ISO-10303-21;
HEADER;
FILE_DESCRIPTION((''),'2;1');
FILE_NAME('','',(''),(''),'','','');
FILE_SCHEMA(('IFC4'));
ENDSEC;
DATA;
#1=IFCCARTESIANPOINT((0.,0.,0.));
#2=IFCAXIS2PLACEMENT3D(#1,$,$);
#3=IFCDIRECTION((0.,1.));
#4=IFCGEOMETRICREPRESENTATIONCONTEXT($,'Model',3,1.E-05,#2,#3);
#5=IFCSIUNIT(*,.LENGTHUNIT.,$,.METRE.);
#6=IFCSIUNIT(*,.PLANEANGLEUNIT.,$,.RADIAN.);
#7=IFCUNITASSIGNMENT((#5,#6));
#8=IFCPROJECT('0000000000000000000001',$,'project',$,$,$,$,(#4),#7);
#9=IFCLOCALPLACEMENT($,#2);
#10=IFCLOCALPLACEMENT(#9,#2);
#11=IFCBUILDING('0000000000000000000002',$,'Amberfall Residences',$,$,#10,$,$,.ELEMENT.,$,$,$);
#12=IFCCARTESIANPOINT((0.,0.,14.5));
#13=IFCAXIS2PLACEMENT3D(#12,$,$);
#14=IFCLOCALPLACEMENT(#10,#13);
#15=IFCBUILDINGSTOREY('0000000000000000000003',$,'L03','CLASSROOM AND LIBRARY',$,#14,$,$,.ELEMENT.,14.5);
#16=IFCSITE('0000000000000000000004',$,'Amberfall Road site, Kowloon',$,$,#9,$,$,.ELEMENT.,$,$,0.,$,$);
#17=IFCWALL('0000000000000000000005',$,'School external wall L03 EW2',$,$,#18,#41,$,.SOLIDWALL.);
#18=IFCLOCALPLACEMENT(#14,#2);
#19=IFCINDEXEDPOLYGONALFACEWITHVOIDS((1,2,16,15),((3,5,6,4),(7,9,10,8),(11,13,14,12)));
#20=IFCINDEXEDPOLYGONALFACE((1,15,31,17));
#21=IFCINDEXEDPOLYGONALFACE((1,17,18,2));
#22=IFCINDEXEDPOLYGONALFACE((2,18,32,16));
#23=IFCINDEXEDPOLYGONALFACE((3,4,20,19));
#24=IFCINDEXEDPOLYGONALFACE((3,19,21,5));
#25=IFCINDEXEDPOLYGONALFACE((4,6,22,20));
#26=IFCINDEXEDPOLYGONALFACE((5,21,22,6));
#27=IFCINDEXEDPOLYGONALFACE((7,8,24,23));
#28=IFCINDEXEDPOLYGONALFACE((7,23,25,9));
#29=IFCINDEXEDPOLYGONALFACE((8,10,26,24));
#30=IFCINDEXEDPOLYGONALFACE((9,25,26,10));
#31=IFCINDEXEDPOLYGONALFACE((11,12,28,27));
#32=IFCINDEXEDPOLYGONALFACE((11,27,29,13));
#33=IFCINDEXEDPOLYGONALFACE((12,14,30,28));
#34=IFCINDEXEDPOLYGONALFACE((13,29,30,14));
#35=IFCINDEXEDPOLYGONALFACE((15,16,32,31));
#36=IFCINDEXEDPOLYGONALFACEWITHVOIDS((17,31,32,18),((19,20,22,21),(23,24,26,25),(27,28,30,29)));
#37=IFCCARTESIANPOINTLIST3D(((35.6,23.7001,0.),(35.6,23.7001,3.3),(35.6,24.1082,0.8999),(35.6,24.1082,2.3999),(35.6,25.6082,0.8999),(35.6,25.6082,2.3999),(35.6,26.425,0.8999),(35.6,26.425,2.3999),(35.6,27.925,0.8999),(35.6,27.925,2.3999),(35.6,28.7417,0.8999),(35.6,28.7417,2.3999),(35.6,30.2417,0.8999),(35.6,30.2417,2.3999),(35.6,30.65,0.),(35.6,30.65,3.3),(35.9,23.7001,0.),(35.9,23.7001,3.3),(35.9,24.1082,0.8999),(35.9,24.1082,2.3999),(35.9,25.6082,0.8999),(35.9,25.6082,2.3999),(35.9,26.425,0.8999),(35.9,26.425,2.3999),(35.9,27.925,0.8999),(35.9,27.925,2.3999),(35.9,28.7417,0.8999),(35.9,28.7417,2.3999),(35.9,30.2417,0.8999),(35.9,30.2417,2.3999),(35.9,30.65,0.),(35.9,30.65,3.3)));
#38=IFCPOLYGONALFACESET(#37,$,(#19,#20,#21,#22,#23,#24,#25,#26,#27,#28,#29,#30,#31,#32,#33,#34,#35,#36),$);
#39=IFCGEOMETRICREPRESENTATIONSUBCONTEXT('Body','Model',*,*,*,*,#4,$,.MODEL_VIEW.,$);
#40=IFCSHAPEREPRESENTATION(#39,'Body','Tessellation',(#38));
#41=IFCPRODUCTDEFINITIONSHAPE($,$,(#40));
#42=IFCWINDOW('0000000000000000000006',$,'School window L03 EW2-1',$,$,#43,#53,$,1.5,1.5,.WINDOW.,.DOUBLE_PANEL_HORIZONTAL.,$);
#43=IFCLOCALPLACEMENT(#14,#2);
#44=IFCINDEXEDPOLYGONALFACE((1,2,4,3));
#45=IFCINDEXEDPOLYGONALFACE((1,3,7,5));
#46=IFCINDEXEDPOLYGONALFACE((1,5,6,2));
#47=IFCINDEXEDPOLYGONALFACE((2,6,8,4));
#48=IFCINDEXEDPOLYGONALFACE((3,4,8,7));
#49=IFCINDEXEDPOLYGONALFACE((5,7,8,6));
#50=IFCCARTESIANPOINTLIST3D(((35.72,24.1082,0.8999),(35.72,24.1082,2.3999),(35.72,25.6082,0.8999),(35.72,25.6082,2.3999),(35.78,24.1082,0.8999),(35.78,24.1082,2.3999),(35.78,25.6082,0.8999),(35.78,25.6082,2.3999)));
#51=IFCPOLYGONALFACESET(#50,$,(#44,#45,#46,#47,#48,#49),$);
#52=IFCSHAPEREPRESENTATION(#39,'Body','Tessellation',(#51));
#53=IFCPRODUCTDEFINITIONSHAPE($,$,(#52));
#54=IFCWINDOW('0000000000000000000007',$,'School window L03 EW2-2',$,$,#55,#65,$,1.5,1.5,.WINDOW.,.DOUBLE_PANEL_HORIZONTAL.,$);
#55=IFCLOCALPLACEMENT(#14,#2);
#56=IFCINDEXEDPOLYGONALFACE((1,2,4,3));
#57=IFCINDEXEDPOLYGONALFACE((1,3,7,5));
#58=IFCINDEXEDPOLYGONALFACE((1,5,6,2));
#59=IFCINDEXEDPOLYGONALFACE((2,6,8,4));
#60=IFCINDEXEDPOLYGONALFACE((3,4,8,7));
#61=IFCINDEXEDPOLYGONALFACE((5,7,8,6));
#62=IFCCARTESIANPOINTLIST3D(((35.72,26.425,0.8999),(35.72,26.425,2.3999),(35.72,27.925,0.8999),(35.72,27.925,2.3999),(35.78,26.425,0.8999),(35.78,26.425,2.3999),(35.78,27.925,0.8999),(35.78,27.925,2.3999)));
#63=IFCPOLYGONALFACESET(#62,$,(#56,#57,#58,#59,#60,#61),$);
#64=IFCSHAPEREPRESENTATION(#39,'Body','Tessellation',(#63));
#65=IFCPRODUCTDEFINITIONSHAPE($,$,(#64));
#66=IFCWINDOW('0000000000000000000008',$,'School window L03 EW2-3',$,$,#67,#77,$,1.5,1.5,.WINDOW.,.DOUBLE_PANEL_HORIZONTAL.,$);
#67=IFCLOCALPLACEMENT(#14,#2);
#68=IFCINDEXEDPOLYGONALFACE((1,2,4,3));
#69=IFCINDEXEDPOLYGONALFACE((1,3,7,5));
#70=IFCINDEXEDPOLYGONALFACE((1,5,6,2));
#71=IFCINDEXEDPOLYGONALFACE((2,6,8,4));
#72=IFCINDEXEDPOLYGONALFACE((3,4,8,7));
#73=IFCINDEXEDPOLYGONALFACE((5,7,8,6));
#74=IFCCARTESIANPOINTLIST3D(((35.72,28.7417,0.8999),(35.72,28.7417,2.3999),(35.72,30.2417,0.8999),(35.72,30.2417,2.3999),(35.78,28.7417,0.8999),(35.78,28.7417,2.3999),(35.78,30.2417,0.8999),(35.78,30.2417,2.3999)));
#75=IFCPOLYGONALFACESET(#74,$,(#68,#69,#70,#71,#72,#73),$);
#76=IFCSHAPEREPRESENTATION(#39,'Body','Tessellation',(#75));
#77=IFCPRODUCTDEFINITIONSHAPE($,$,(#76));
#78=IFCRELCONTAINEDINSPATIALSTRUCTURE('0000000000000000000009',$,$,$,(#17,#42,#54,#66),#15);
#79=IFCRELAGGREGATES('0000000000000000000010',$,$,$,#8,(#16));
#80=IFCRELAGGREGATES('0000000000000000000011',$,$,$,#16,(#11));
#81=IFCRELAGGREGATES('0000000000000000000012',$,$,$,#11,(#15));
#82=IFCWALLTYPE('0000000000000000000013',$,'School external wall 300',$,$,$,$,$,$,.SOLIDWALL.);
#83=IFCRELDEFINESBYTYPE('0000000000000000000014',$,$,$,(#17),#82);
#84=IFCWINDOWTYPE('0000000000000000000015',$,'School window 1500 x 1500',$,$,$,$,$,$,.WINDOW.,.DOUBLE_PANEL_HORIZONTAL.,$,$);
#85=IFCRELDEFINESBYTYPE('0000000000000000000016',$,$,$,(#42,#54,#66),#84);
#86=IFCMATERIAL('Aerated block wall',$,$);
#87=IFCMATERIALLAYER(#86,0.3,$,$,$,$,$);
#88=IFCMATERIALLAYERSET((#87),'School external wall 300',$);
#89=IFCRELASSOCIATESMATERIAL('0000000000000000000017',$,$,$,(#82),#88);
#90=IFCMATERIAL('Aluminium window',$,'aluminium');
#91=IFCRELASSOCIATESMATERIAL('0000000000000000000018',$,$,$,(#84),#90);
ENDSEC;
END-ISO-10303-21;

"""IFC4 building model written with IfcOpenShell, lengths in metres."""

from ifc_helpers import new_model, si_unit, direction, frame, frame_2d, origin, place, context, subcontext, project, spatial, rectangle, extrude, material, layer, layer_set, type_object, element, fill, save


model = new_model("IFC4")

# Units and contexts
model_context = context("Model", 3, precision=1e-05, world=origin(), true_north=direction((0.0, 1.0)))
body_context = subcontext(model_context, "Body", "Model", "MODEL_VIEW")
ifc_project = project(units=[si_unit("LENGTHUNIT", "METRE"), si_unit("PLANEANGLEUNIT", "RADIAN")], contexts=[model_context])

# Site, building, storey
site_placement = place(None, origin())
site = spatial("IfcSite", under=ifc_project, at=site_placement, Name="Amberfall Road site, Kowloon", CompositionType="ELEMENT", RefElevation=0.0)
building_placement = place(site_placement, origin())
building = spatial("IfcBuilding", under=site, at=building_placement, Name="Amberfall Residences", CompositionType="ELEMENT")
storey_placement = place(building_placement, frame((0.0, 0.0, 14.5)))
storey = spatial("IfcBuildingStorey", under=building, at=storey_placement, Name="L03", Description="CLASSROOM AND LIBRARY", CompositionType="ELEMENT", Elevation=14.5)

# Wall, openings, windows
ifc_material_1 = material(Name="Aerated block wall")
ifc_layer_1 = layer(ifc_material_1, 0.3)
ifc_layer_set_1 = layer_set([ifc_layer_1], Name="School external wall 300")
wall_type = type_object("IfcWallType", Name="School external wall 300", PredefinedType="SOLIDWALL", material=ifc_layer_set_1)
ifc_material_2 = material(Name="Aluminium window", Category="aluminium")
window_type = type_object("IfcWindowType", Name="School window 1500 x 1500", PartitioningType="DOUBLE_PANEL_HORIZONTAL", PredefinedType="WINDOW", material=ifc_material_2)
wall_1_placement = place(storey_placement, frame((35.75, 23.7, 0.0), z_axis=(0.0, 0.0, 1.0), x_axis=(0.0, 1.0, 0.0)))
wall_1 = element("IfcWall", 1, at=wall_1_placement, inside=storey, type_object=wall_type, Name="School external wall L03 EW2", PredefinedType="SOLIDWALL", context=body_context, shape_type="SweptSolid", body=[
    extrude(rectangle(XDim=6.95, YDim=0.3, at=frame_2d((3.4751, 0.0))), origin(), (0.0, 0.0, 1.0), 3.3),
])
opening_1_placement = place(wall_1_placement, frame((0.4082, 0.0, 0.8999)))
opening_1 = element("IfcOpeningElement", 2, at=opening_1_placement, cuts=wall_1, PredefinedType="OPENING", context=body_context, shape_type="SweptSolid", body=[
    extrude(rectangle(XDim=1.5, YDim=1.5, at=frame_2d((0.75, 0.75))), frame((0.0, 0.1599, 0.0), z_axis=(0.0, -1.0, 0.0), x_axis=(1.0, 0.0, 0.0)), (0.0, 0.0, 1.0), 0.3201),
])
opening_2_placement = place(wall_1_placement, frame((2.7251, 0.0, 0.8999)))
opening_2 = element("IfcOpeningElement", 3, at=opening_2_placement, cuts=wall_1, PredefinedType="OPENING", context=body_context, shape_type="SweptSolid", body=[
    extrude(rectangle(XDim=1.5, YDim=1.5, at=frame_2d((0.75, 0.75))), frame((0.0, 0.1599, 0.0), z_axis=(0.0, -1.0, 0.0), x_axis=(1.0, 0.0, 0.0)), (0.0, 0.0, 1.0), 0.3201),
])
opening_3_placement = place(wall_1_placement, frame((5.0417, 0.0, 0.8999)))
opening_3 = element("IfcOpeningElement", 4, at=opening_3_placement, cuts=wall_1, PredefinedType="OPENING", context=body_context, shape_type="SweptSolid", body=[
    extrude(rectangle(XDim=1.5, YDim=1.5, at=frame_2d((0.75, 0.75))), frame((0.0, 0.1599, 0.0), z_axis=(0.0, -1.0, 0.0), x_axis=(1.0, 0.0, 0.0)), (0.0, 0.0, 1.0), 0.3201),
])
window_1_placement = place(opening_1_placement, origin())
window_1 = element("IfcWindow", 5, at=window_1_placement, inside=storey, type_object=window_type, Name="School window L03 EW2-1", OverallHeight=1.5, OverallWidth=1.5, PartitioningType="DOUBLE_PANEL_HORIZONTAL", PredefinedType="WINDOW", context=body_context, shape_type="SweptSolid", body=[
    extrude(rectangle(XDim=1.5, YDim=1.5, at=frame_2d((0.75, 0.75))), frame((0.0, 0.03, 0.0), z_axis=(0.0, -1.0, 0.0), x_axis=(1.0, 0.0, 0.0)), (0.0, 0.0, 1.0), 0.0601),
])
fill(opening_1, window_1)
window_2_placement = place(opening_2_placement, origin())
window_2 = element("IfcWindow", 6, at=window_2_placement, inside=storey, type_object=window_type, Name="School window L03 EW2-2", OverallHeight=1.5, OverallWidth=1.5, PartitioningType="DOUBLE_PANEL_HORIZONTAL", PredefinedType="WINDOW", context=body_context, shape_type="SweptSolid", body=[
    extrude(rectangle(XDim=1.5, YDim=1.5, at=frame_2d((0.75, 0.75))), frame((0.0, 0.03, 0.0), z_axis=(0.0, -1.0, 0.0), x_axis=(1.0, 0.0, 0.0)), (0.0, 0.0, 1.0), 0.0601),
])
fill(opening_2, window_2)
window_3_placement = place(opening_3_placement, origin())
window_3 = element("IfcWindow", 7, at=window_3_placement, inside=storey, type_object=window_type, Name="School window L03 EW2-3", OverallHeight=1.5, OverallWidth=1.5, PartitioningType="DOUBLE_PANEL_HORIZONTAL", PredefinedType="WINDOW", context=body_context, shape_type="SweptSolid", body=[
    extrude(rectangle(XDim=1.5, YDim=1.5, at=frame_2d((0.75, 0.75))), frame((0.0, 0.03, 0.0), z_axis=(0.0, -1.0, 0.0), x_axis=(1.0, 0.0, 0.0)), (0.0, 0.0, 1.0), 0.0601),
])
fill(opening_3, window_3)

save(model, "model.ifc")
